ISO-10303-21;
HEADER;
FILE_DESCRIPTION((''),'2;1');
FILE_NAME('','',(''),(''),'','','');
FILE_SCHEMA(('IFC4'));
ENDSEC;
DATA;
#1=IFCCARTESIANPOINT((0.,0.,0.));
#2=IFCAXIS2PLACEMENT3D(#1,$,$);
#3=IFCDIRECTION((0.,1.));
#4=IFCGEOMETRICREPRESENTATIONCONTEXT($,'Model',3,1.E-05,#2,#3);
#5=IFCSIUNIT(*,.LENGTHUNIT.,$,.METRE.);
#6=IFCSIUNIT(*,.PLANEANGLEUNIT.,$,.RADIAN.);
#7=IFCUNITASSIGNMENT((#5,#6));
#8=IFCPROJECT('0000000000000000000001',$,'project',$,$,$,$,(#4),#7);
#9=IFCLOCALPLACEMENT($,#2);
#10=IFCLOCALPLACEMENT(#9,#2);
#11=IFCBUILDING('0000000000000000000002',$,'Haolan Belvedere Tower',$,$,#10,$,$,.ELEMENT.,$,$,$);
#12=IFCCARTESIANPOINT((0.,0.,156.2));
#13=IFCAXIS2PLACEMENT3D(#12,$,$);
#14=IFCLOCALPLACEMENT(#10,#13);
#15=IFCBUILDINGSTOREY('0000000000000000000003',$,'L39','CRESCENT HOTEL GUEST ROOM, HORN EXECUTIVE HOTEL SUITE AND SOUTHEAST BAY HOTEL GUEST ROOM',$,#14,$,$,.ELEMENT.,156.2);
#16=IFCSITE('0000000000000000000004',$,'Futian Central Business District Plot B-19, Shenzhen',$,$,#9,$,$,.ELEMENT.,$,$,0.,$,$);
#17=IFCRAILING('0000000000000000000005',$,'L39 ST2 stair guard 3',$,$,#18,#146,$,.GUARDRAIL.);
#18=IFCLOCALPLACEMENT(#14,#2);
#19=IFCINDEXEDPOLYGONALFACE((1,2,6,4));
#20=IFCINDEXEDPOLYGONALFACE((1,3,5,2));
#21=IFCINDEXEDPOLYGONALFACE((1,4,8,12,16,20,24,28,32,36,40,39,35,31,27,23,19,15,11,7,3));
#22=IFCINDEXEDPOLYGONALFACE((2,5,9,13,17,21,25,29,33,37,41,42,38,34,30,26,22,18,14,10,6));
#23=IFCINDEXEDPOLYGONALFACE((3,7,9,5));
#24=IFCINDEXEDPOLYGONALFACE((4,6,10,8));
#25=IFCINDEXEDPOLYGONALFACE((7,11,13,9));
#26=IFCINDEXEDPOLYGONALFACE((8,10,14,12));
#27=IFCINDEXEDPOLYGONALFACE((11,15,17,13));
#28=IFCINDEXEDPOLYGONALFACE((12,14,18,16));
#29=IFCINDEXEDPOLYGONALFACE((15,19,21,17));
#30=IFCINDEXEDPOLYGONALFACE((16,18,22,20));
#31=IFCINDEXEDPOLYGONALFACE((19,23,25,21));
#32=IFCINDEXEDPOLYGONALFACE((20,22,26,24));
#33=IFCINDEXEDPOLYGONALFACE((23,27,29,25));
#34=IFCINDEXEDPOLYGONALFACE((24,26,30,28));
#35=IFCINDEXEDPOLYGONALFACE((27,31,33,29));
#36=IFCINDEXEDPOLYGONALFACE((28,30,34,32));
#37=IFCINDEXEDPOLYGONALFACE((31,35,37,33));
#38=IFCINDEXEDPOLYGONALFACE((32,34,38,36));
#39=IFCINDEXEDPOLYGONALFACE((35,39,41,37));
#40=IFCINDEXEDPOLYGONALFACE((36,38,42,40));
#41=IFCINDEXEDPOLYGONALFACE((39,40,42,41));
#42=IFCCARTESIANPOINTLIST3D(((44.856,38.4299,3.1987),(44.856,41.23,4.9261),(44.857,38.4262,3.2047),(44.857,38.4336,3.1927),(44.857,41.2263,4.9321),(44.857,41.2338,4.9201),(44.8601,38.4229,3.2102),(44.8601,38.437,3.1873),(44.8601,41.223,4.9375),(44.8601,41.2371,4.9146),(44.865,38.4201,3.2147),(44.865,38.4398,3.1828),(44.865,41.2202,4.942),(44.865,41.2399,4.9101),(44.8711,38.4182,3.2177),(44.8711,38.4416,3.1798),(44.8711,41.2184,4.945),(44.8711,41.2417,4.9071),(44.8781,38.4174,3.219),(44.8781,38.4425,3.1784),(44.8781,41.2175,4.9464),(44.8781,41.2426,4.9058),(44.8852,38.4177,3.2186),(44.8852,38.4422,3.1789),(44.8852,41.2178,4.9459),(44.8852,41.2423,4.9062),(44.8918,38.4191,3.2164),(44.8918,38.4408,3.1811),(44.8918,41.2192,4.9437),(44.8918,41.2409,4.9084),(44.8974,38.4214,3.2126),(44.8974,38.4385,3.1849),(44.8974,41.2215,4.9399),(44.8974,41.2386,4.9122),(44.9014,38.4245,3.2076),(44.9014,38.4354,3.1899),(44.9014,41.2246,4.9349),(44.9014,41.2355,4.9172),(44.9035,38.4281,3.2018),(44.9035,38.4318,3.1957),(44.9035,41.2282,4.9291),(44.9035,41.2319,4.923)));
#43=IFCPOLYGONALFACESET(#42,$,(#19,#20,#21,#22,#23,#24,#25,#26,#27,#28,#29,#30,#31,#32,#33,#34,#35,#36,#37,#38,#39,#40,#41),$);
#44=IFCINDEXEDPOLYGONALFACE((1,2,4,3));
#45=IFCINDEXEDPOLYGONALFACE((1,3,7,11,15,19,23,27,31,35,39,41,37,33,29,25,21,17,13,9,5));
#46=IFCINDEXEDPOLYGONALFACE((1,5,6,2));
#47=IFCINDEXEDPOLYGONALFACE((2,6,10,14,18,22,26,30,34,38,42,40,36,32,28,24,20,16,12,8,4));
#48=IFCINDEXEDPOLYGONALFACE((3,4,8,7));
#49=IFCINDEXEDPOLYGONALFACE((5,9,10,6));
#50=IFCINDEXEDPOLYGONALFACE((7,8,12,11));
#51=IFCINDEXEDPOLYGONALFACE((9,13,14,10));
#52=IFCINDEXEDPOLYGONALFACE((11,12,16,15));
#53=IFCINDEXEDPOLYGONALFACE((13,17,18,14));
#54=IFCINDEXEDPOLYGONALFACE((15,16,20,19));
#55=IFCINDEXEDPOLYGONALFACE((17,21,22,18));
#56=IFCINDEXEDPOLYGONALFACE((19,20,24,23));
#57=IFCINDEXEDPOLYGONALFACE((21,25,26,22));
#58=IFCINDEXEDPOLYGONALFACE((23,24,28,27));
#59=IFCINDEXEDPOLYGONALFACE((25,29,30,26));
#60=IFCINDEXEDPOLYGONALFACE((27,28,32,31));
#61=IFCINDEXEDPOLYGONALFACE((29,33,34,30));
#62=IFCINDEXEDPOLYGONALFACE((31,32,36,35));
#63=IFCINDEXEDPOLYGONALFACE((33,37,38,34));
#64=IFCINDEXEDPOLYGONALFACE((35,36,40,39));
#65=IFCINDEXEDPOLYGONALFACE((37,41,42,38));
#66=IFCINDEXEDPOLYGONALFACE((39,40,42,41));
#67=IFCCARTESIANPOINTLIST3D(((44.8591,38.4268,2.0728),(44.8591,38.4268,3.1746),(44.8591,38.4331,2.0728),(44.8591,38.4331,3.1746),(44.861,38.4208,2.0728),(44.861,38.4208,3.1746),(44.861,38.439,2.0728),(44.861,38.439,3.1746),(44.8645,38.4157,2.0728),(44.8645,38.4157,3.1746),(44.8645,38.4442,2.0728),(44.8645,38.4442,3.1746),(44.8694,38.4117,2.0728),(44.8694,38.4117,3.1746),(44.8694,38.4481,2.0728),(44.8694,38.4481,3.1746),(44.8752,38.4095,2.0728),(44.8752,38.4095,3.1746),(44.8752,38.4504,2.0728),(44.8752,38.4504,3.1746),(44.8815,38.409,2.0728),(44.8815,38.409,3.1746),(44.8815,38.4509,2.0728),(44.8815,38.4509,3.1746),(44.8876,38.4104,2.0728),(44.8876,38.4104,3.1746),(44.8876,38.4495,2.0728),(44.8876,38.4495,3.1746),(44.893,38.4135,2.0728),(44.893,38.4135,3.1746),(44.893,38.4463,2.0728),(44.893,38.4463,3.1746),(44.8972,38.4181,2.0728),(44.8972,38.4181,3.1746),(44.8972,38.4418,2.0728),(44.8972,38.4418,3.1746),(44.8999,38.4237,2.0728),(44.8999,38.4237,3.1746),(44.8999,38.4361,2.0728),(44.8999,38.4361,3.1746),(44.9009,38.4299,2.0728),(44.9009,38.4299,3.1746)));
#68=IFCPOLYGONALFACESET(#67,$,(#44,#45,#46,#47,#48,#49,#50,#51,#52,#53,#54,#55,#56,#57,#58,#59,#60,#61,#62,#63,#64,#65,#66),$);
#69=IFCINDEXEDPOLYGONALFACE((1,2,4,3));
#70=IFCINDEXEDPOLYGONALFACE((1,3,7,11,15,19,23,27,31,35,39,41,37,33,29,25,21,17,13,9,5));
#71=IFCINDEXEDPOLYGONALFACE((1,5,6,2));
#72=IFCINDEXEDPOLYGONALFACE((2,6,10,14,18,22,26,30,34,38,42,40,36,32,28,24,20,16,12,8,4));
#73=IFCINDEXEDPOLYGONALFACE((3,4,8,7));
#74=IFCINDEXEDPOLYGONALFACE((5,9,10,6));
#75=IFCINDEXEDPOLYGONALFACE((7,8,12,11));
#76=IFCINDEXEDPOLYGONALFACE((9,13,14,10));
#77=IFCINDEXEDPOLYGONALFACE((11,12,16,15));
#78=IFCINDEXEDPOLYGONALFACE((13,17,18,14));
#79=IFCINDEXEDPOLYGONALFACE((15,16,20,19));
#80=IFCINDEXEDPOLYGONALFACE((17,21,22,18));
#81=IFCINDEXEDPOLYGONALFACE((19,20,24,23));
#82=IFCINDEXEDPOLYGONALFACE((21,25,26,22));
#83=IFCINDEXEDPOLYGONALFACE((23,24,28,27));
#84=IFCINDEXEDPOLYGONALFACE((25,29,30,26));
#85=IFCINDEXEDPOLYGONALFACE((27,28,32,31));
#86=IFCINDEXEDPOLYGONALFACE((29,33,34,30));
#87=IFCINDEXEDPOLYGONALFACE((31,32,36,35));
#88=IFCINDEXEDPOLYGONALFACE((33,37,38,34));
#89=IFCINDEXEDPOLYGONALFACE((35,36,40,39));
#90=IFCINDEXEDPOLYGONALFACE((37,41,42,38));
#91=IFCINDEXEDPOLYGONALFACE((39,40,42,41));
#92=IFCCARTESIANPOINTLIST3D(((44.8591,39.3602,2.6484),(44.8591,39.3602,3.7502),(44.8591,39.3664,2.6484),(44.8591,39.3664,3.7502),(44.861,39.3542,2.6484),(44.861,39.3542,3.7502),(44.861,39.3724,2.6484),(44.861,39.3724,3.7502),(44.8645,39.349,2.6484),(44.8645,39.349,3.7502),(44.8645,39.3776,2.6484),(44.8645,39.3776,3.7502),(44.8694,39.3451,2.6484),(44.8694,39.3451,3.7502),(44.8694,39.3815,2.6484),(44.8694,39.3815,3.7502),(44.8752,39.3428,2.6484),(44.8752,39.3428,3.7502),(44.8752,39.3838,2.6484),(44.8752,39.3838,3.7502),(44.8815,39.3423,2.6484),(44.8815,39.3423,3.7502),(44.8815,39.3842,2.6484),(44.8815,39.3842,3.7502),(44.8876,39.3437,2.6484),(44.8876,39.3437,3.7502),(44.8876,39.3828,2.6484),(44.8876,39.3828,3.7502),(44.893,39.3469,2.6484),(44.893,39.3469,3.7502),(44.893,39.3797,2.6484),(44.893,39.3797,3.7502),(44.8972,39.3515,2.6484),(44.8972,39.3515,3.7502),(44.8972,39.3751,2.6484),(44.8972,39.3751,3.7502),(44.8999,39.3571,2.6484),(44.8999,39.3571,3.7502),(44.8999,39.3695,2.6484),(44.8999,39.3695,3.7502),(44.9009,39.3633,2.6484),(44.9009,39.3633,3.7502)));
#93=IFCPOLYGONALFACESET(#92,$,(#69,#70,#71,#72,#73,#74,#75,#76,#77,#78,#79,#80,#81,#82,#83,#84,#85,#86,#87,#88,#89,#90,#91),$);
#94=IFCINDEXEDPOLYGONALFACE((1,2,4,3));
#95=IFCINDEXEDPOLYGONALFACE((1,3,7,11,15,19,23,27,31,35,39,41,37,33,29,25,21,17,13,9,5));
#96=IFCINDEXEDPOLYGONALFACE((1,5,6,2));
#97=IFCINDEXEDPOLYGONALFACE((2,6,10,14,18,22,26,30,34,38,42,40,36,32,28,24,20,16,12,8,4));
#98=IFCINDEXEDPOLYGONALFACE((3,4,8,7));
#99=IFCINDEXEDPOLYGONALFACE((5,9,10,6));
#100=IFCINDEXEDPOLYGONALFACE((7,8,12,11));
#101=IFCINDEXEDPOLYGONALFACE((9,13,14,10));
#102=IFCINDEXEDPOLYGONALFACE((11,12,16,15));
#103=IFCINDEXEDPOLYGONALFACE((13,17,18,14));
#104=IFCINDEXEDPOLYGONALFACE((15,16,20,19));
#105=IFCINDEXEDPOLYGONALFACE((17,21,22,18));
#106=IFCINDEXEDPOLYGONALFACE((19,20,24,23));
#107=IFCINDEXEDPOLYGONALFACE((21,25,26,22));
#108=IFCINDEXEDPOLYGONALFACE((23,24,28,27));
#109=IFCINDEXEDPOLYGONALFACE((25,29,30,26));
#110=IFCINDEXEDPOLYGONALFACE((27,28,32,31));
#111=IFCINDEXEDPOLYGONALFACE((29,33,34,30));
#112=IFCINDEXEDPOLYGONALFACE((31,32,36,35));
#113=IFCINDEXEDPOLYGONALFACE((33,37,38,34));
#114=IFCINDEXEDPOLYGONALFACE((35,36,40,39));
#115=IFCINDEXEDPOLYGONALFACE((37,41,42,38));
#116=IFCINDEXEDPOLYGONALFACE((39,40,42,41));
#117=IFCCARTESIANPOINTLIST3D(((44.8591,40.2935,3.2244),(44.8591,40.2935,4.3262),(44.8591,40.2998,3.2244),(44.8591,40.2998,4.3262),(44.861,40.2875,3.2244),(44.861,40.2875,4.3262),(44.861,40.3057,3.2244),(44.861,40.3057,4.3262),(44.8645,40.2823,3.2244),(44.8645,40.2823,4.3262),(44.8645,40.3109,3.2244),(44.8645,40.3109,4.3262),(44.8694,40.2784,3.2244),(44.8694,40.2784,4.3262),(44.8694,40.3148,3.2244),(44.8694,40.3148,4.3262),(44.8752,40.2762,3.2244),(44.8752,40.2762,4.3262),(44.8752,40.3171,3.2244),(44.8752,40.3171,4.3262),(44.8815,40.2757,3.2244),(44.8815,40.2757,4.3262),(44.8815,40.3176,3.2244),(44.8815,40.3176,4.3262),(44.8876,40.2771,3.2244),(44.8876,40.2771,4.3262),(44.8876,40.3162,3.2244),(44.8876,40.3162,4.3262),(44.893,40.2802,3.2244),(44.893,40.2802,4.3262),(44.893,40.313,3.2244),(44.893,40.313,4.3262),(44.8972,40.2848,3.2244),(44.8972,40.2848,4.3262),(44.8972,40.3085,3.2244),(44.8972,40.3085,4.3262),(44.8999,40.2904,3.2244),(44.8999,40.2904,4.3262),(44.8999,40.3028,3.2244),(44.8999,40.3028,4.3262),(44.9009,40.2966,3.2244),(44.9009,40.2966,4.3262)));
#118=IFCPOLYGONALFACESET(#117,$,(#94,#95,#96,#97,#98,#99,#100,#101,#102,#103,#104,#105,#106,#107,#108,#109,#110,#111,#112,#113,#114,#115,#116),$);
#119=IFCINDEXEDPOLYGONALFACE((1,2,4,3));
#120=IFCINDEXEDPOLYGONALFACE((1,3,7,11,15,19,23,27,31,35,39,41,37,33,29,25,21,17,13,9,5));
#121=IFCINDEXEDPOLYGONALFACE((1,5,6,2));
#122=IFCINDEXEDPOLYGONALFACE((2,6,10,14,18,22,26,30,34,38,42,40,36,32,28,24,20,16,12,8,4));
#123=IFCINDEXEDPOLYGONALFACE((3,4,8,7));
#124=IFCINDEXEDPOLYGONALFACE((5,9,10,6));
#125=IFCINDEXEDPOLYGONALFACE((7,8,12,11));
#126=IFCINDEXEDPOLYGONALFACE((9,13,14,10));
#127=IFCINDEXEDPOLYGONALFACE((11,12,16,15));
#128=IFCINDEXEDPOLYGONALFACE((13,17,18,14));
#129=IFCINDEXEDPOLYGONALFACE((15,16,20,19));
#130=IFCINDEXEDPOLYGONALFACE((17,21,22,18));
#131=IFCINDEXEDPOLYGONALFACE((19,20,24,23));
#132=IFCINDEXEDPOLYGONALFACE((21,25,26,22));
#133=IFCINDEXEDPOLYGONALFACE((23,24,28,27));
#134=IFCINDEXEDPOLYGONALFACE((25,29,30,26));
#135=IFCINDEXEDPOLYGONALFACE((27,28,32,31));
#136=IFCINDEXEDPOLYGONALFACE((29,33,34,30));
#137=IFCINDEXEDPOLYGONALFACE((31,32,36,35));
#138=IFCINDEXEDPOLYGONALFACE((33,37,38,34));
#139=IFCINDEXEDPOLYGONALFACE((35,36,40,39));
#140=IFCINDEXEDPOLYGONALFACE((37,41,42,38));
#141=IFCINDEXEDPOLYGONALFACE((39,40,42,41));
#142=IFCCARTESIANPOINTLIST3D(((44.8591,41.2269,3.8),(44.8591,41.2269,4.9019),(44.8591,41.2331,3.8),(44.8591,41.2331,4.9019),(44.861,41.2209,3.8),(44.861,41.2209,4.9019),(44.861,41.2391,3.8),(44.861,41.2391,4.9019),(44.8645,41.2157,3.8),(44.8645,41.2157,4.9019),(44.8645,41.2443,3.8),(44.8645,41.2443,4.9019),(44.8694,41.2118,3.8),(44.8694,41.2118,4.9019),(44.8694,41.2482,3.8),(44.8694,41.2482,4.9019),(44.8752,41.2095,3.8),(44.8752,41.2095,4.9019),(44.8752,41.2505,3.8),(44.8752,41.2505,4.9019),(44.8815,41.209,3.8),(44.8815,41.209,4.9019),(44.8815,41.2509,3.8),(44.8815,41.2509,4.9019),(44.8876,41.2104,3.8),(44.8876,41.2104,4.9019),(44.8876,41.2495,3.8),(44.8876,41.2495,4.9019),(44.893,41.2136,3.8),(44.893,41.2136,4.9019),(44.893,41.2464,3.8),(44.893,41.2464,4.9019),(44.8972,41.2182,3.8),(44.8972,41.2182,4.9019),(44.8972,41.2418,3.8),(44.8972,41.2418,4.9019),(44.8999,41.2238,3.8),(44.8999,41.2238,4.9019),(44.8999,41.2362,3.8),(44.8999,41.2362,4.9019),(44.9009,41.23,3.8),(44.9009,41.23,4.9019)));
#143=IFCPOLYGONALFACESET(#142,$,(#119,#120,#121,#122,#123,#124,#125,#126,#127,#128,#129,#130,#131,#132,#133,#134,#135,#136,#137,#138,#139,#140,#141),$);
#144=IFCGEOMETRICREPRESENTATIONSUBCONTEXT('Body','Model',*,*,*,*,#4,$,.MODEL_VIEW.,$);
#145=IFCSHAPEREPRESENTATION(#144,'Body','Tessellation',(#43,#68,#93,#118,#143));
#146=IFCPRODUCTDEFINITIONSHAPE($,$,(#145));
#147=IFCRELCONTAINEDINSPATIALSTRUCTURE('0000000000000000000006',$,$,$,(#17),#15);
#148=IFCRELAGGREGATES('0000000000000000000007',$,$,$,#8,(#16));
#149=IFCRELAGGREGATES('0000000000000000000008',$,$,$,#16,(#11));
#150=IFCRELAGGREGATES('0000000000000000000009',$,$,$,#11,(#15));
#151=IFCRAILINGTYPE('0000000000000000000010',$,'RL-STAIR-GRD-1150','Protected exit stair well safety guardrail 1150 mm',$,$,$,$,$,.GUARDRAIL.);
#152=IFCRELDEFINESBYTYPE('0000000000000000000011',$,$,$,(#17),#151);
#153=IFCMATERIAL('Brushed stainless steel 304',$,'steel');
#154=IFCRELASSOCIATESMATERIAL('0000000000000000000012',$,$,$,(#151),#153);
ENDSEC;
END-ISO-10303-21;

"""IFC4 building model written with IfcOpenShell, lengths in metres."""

from ifc_helpers import new_model, si_unit, direction, frame, origin, origin_2d, place, context, subcontext, project, spatial, circle, extrude, material, type_object, element, save


model = new_model("IFC4")

# Units and contexts
model_context = context("Model", 3, precision=1e-05, world=origin(), true_north=direction((0.0, 1.0)))
body_context = subcontext(model_context, "Body", "Model", "MODEL_VIEW")
ifc_project = project(units=[si_unit("LENGTHUNIT", "METRE"), si_unit("PLANEANGLEUNIT", "RADIAN")], contexts=[model_context])

# Site, building, storey
site_placement = place(None, origin())
site = spatial("IfcSite", under=ifc_project, at=site_placement, Name="Futian Central Business District Plot B-19, Shenzhen", CompositionType="ELEMENT", RefElevation=0.0)
building_placement = place(site_placement, origin())
building = spatial("IfcBuilding", under=site, at=building_placement, Name="Haolan Belvedere Tower", CompositionType="ELEMENT")
storey_placement = place(building_placement, frame((0.0, 0.0, 156.2)))
storey = spatial("IfcBuildingStorey", under=building, at=storey_placement, Name="L39", Description="CRESCENT HOTEL GUEST ROOM, HORN EXECUTIVE HOTEL SUITE AND SOUTHEAST BAY HOTEL GUEST ROOM", CompositionType="ELEMENT", Elevation=156.2)

# Railing
ifc_material_1 = material(Name="Brushed stainless steel 304", Category="steel")
railing_type_1 = type_object("IfcRailingType", Name="RL-STAIR-GRD-1150", Description="Protected exit stair well safety guardrail 1150 mm", PredefinedType="GUARDRAIL", material=ifc_material_1)
railing_1_placement = place(storey_placement, frame((44.8799, 38.4299, 2.0728)))
element("IfcRailing", 1, at=railing_1_placement, inside=storey, type_object=railing_type_1, Name="L39 ST2 stair guard 3", PredefinedType="GUARDRAIL", context=body_context, shape_type="SweptSolid", body=[
    extrude(circle(Radius=0.0239, at=origin_2d()), frame((0.0, 0.0, 1.126), z_axis=(0.0, 0.85109, 0.52502), x_axis=(-1.0, 0.0, 0.0)), (0.0, 0.0, 1.0), 3.29),
    extrude(circle(Radius=0.021, at=origin_2d()), origin(), (0.0, 0.0, 1.0), 1.1018),
    extrude(circle(Radius=0.021, at=origin_2d()), frame((0.0, 0.9333, 0.5757)), (0.0, 0.0, 1.0), 1.1018),
    extrude(circle(Radius=0.021, at=origin_2d()), frame((0.0, 1.8667, 1.1516)), (0.0, 0.0, 1.0), 1.1018),
    extrude(circle(Radius=0.021, at=origin_2d()), frame((0.0, 2.8, 1.7273)), (0.0, 0.0, 1.0), 1.1018),
])

save(model, "model.ifc")
